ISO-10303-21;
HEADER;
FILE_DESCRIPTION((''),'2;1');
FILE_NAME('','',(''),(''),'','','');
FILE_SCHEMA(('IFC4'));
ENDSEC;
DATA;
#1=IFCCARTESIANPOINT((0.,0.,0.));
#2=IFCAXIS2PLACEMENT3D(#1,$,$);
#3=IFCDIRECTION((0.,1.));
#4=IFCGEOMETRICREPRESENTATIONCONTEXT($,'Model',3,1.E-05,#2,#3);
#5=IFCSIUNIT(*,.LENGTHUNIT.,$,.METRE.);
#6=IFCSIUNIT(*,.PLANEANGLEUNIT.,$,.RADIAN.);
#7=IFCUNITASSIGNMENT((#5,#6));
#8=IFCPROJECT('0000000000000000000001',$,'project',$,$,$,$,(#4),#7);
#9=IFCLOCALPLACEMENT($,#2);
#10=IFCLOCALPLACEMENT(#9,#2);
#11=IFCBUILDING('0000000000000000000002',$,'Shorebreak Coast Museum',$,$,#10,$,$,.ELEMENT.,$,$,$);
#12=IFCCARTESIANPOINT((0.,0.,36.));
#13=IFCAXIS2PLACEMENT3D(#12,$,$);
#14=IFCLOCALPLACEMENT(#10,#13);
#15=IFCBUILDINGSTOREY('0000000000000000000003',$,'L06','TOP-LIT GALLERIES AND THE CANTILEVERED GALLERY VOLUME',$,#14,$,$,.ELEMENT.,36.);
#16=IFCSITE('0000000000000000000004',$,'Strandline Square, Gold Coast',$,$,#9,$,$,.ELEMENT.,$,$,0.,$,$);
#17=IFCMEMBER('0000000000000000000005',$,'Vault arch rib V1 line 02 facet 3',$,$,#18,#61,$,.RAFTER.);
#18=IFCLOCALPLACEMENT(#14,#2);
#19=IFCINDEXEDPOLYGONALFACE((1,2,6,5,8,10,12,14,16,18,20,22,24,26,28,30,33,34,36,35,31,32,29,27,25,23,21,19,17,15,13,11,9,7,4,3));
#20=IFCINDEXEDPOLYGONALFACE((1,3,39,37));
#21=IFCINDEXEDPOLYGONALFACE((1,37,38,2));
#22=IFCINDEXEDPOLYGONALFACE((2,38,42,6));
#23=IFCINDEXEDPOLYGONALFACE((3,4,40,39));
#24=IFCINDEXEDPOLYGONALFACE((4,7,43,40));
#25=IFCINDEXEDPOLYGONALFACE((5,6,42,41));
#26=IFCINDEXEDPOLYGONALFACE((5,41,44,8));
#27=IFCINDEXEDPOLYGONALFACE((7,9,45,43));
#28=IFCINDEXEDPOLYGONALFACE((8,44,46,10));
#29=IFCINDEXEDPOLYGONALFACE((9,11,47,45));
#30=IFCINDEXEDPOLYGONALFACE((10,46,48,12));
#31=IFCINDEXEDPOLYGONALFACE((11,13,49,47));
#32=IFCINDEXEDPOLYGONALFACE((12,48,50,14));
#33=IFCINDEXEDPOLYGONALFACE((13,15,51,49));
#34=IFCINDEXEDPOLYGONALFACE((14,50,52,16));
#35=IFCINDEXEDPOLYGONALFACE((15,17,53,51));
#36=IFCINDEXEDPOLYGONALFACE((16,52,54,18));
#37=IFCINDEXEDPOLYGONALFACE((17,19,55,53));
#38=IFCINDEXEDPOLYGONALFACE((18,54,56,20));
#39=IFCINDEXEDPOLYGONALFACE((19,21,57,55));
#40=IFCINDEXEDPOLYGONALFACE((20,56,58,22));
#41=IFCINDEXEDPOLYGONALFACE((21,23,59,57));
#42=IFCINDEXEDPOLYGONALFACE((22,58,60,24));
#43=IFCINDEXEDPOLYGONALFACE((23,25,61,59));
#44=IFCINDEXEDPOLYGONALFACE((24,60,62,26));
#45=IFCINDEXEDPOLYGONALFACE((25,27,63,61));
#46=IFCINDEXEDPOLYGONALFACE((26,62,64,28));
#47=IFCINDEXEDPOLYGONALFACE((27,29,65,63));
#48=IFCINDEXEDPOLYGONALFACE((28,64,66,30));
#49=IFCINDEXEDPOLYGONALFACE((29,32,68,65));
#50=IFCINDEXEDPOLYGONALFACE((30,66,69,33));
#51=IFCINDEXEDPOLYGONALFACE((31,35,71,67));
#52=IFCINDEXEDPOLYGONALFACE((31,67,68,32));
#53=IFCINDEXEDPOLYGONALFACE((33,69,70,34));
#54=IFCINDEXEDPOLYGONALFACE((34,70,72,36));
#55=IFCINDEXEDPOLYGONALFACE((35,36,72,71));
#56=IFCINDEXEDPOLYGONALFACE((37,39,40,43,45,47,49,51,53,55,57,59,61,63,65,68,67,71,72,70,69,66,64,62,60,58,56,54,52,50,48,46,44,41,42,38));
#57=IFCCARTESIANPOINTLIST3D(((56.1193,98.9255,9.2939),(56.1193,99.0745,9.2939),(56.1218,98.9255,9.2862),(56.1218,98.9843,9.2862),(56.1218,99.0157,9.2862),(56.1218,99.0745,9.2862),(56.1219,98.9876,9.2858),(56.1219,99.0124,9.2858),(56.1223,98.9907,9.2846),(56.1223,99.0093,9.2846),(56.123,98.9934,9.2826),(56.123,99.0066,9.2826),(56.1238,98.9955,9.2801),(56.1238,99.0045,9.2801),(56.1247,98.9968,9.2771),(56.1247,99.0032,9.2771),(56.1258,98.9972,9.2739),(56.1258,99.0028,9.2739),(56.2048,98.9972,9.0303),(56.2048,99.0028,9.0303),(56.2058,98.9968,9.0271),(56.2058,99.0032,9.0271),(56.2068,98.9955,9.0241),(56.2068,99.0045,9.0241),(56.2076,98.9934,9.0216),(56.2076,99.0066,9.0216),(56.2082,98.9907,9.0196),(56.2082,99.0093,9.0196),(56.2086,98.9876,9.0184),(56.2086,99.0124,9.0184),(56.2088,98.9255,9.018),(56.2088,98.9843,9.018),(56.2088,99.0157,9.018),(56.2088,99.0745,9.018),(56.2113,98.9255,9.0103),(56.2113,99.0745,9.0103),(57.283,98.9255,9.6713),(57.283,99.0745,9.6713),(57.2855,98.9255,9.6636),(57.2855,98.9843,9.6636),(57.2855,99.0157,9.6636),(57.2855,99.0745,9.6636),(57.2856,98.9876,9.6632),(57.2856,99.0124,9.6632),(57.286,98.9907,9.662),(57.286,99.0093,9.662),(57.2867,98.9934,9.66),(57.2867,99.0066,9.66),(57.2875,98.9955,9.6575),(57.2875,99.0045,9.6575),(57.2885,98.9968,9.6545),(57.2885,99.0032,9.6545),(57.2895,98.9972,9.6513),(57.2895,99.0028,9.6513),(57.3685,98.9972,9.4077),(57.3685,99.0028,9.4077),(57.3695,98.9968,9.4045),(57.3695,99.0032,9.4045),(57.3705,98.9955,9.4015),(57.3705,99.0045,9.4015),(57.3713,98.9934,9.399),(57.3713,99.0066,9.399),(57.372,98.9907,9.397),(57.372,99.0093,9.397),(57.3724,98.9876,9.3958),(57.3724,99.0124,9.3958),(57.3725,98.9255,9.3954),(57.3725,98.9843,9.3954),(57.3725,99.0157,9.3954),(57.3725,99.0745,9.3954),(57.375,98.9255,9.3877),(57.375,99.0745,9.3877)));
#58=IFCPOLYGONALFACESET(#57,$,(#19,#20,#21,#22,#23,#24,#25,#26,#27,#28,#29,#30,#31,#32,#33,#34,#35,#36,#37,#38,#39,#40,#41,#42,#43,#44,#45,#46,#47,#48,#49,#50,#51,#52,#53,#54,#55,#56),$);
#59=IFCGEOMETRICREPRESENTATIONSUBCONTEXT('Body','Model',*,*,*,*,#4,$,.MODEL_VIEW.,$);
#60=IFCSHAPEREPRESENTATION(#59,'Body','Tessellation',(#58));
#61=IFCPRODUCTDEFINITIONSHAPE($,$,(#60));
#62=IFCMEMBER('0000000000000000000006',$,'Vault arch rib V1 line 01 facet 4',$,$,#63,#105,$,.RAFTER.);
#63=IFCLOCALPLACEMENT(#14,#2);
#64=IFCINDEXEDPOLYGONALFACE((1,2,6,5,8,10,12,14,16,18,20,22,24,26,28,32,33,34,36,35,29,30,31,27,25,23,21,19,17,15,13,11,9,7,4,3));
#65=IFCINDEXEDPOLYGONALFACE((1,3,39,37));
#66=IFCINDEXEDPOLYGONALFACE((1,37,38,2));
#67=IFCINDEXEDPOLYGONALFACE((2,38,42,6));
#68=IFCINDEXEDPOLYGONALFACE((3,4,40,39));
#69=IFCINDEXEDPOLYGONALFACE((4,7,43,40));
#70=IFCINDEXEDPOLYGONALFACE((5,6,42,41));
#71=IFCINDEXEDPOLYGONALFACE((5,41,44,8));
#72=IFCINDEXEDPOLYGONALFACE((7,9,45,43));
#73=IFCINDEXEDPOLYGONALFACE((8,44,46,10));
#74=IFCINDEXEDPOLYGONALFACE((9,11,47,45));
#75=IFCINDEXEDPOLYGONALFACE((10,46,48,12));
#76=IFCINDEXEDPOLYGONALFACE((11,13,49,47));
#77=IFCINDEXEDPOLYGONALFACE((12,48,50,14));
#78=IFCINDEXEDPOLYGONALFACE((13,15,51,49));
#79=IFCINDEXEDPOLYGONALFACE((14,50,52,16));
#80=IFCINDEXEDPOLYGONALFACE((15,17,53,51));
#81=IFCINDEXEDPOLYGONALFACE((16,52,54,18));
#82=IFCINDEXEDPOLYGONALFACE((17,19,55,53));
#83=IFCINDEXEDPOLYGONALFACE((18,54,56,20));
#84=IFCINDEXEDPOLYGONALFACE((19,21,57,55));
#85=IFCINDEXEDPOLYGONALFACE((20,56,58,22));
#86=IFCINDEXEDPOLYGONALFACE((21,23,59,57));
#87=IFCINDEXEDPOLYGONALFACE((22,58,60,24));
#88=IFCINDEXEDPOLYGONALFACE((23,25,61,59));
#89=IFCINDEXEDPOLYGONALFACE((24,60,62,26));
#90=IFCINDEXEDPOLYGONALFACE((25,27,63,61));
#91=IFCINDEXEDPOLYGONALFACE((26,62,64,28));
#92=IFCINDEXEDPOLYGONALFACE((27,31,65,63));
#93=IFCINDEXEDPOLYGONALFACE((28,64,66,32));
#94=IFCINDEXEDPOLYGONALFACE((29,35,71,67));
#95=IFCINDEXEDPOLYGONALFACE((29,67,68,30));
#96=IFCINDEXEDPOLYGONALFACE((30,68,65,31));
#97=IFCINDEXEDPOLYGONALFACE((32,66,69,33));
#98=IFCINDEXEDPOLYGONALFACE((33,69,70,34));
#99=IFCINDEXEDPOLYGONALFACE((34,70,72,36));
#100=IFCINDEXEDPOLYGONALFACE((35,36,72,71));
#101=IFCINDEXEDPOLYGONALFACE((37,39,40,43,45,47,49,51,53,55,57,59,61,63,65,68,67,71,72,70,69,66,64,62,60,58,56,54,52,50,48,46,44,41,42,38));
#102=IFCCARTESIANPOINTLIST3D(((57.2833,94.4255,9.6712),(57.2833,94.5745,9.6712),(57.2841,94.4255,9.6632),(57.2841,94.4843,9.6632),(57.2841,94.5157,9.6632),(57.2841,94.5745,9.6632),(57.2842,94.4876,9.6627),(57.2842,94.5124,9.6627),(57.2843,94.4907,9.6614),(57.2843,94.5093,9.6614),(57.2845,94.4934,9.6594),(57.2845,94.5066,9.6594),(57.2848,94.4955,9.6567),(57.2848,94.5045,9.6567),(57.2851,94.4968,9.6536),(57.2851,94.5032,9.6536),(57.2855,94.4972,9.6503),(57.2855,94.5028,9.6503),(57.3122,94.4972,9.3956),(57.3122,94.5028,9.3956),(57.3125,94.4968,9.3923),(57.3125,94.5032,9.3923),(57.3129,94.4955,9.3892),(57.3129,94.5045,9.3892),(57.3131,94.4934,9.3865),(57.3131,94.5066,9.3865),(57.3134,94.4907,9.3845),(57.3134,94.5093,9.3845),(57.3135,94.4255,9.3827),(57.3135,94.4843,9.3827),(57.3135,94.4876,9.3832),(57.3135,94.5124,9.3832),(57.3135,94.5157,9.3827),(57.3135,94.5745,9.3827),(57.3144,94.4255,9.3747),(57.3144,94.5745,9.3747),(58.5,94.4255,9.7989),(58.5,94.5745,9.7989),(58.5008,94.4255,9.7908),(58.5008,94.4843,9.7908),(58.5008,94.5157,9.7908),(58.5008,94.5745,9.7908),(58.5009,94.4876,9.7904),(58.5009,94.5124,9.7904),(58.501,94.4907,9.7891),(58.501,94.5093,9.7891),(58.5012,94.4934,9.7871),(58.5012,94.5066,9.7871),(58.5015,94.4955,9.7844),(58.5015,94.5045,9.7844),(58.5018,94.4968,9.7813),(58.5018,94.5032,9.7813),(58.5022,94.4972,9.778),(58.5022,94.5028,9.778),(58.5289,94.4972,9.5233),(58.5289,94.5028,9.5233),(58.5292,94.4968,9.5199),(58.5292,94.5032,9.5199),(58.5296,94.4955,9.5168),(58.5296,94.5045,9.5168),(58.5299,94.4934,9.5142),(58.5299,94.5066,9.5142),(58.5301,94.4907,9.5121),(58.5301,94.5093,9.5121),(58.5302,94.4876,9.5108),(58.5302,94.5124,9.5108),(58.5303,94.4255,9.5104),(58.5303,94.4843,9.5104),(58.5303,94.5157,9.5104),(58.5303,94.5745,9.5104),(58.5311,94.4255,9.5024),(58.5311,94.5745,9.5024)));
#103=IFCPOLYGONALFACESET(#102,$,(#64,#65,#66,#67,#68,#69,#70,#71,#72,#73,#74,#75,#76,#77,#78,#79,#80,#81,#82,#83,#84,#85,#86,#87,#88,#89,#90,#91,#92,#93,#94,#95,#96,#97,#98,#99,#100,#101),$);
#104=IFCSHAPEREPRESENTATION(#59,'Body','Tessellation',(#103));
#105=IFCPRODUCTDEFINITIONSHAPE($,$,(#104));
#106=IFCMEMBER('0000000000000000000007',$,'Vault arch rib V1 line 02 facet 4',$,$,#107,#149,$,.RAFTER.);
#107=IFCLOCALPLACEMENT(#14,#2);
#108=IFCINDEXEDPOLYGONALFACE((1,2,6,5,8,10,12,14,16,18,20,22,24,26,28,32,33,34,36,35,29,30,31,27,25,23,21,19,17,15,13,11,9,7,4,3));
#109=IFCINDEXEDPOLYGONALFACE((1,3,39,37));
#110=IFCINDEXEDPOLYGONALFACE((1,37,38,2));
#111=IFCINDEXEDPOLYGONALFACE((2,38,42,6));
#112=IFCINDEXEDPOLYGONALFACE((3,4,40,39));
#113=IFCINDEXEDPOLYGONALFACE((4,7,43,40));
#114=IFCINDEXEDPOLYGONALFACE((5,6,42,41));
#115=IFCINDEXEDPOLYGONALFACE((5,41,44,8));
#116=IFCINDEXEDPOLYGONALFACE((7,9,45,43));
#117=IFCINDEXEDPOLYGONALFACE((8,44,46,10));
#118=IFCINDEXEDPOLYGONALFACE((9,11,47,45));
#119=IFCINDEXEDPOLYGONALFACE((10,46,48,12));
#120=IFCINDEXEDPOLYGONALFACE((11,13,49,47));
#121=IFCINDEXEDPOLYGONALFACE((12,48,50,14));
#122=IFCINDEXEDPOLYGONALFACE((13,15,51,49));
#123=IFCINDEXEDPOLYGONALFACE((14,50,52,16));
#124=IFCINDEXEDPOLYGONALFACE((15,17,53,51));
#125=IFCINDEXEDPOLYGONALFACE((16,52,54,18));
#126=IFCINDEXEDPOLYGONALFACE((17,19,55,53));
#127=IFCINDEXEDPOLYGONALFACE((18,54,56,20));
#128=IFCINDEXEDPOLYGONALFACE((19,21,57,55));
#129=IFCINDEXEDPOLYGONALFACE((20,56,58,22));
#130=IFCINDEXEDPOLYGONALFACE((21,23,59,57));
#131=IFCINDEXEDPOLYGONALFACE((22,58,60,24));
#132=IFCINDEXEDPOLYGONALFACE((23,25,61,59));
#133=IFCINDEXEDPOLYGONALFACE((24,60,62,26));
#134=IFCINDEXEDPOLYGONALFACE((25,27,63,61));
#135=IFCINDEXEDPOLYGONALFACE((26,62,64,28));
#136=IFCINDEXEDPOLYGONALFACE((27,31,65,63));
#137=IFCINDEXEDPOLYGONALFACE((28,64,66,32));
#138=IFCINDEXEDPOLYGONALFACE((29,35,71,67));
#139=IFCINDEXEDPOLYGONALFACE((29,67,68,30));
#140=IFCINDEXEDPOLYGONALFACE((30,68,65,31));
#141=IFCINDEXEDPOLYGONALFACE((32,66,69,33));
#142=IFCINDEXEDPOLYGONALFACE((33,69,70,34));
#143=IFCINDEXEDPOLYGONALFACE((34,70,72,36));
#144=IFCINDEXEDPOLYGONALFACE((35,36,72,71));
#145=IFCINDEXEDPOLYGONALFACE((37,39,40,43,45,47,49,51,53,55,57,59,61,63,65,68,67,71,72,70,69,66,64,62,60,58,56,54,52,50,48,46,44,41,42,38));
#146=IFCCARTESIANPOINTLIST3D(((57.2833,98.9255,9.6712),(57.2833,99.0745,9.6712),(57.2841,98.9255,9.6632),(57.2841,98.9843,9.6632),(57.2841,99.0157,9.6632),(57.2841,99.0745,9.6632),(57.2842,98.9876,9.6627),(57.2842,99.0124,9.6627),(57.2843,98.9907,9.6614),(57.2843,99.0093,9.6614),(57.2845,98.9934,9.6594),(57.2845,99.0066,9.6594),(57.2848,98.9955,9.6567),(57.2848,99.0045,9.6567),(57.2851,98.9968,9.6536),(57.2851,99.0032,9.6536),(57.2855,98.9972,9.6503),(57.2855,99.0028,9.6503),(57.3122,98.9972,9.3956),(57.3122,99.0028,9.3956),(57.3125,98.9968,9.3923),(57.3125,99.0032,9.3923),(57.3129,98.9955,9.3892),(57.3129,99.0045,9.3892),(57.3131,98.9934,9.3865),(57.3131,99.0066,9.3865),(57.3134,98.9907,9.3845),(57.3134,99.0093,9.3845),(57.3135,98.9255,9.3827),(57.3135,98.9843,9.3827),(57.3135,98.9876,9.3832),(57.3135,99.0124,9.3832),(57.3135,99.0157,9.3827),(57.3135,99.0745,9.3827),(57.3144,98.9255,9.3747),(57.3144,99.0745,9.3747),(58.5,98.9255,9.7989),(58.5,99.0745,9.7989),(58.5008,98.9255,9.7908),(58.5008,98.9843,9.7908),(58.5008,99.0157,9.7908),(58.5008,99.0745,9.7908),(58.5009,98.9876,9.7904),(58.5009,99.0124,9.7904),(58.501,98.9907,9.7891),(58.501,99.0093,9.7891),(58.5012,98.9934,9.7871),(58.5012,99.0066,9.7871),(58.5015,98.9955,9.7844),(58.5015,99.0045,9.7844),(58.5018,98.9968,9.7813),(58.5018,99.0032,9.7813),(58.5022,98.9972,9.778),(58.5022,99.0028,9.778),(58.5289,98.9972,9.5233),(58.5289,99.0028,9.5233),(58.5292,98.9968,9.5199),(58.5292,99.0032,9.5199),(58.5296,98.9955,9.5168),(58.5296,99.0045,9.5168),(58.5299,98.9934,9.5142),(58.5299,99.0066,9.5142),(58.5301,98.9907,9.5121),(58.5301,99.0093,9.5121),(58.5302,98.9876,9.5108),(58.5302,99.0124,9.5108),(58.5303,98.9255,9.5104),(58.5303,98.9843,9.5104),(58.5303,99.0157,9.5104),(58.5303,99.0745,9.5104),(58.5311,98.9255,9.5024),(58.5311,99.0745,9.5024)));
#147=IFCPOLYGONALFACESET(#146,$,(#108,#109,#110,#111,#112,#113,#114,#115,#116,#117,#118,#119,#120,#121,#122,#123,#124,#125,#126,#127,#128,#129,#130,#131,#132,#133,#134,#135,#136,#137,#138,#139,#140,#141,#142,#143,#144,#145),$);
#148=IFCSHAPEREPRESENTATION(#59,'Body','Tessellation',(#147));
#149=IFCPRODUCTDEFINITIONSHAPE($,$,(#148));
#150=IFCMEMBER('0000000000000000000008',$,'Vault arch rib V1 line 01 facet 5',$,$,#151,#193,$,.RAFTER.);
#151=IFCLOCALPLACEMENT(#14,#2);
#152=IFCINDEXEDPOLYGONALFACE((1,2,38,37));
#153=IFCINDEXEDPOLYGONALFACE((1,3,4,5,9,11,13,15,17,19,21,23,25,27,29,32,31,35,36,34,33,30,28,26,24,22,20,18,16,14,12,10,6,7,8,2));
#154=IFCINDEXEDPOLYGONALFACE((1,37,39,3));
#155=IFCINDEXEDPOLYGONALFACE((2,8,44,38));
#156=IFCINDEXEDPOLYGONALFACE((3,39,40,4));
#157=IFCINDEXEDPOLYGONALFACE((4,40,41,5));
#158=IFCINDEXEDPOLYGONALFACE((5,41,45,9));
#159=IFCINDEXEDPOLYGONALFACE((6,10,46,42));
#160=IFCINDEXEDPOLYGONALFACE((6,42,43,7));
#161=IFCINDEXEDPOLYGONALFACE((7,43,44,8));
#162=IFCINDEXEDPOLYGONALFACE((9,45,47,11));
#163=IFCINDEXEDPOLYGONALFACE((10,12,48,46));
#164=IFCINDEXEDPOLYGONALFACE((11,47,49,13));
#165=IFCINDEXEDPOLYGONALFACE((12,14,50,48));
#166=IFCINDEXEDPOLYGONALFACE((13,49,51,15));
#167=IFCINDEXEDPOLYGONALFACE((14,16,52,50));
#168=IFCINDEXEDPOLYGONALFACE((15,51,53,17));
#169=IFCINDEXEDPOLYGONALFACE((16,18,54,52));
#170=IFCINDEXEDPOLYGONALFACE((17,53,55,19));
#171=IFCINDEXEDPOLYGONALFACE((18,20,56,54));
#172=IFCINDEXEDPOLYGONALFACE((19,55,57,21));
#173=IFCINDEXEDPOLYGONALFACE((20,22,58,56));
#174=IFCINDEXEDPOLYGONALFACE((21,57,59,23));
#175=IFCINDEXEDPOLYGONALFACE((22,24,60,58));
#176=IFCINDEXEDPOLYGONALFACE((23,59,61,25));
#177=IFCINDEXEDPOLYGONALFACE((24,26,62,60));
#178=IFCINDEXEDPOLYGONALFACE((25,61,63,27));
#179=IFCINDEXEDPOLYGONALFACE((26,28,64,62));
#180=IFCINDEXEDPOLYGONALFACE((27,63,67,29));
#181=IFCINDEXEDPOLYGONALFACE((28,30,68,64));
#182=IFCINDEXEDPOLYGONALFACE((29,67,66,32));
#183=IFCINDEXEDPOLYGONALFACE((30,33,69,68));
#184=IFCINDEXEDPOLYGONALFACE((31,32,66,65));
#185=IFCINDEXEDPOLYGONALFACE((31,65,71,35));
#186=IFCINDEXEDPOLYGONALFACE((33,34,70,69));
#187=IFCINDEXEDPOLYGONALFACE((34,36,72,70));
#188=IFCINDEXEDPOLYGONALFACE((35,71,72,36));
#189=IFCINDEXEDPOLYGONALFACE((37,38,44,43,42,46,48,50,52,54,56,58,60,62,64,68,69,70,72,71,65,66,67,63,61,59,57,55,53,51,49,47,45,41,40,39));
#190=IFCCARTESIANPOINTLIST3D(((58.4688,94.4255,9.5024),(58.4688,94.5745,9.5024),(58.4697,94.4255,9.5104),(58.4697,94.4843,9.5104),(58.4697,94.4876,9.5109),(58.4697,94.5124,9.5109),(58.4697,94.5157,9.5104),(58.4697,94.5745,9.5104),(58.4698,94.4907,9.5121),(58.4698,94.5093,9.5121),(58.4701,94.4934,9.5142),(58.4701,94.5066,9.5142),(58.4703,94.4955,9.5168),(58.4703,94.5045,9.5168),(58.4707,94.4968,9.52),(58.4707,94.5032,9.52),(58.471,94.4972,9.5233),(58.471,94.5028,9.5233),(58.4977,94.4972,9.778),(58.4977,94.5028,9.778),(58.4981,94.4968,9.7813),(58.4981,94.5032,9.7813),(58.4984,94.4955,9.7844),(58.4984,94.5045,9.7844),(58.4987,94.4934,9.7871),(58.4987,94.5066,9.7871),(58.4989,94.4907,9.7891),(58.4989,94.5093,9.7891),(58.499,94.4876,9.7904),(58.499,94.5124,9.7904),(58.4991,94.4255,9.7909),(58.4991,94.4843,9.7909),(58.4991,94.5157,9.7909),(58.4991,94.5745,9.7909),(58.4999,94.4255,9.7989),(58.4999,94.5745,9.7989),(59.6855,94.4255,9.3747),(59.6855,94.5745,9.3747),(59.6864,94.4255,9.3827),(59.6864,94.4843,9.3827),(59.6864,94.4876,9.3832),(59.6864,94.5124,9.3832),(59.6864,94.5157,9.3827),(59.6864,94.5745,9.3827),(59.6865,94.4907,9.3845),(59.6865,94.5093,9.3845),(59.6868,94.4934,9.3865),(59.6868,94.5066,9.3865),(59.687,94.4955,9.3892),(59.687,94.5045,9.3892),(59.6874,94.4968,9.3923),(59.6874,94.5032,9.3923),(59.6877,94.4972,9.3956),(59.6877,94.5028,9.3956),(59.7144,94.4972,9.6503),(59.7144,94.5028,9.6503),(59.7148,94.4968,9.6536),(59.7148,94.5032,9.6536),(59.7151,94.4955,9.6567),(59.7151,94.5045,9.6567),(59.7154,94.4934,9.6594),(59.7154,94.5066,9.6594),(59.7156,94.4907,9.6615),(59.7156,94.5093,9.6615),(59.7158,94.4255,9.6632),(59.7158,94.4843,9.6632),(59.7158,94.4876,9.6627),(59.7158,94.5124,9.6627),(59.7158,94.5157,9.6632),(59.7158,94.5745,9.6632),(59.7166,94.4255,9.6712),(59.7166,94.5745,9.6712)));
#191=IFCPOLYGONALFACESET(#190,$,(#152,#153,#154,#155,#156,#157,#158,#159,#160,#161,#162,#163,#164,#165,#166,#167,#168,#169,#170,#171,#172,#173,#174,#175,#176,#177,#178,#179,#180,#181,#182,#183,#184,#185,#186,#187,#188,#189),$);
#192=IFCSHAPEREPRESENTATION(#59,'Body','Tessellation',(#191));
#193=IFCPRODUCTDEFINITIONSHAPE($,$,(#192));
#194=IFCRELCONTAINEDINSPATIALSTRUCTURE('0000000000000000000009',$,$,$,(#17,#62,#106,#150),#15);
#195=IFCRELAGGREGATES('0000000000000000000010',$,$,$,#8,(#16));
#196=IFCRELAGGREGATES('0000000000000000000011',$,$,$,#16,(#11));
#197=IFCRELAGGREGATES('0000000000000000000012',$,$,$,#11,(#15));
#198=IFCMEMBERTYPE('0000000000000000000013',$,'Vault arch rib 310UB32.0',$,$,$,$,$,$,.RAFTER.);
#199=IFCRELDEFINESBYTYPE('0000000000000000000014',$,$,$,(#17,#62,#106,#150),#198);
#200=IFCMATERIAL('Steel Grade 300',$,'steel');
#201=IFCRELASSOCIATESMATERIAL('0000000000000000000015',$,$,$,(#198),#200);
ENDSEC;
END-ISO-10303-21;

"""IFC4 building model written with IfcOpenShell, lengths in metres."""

from ifc_helpers import new_model, si_unit, direction, frame, origin, origin_2d, place, context, subcontext, project, spatial, i_section, extrude, material, material_profile, profile_set, type_object, element, save


model = new_model("IFC4")

# Units and contexts
model_context = context("Model", 3, precision=1e-05, world=origin(), true_north=direction((0.0, 1.0)))
body_context = subcontext(model_context, "Body", "Model", "MODEL_VIEW")
ifc_project = project(units=[si_unit("LENGTHUNIT", "METRE"), si_unit("PLANEANGLEUNIT", "RADIAN")], contexts=[model_context])

# Site, building, storey
site_placement = place(None, origin())
site = spatial("IfcSite", under=ifc_project, at=site_placement, Name="Strandline Square, Gold Coast", CompositionType="ELEMENT", RefElevation=0.0)
building_placement = place(site_placement, origin())
building = spatial("IfcBuilding", under=site, at=building_placement, Name="Shorebreak Coast Museum", CompositionType="ELEMENT")
storey_placement = place(building_placement, frame((0.0, 0.0, 36.0)))
storey = spatial("IfcBuildingStorey", under=building, at=storey_placement, Name="L06", Description="TOP-LIT GALLERIES AND THE CANTILEVERED GALLERY VOLUME", CompositionType="ELEMENT", Elevation=36.0)

# Members
ifc_material_1 = material(Name="Steel Grade 300", Category="steel")
ifc_material_profile_1 = material_profile(ifc_material_1, i_section(OverallWidth=0.1489, OverallDepth=0.2981, WebThickness=0.0056, FlangeThickness=0.0081, FilletRadius=0.0129, at=origin_2d()), Name="310UB32.0")
ifc_profile_set_1 = profile_set([ifc_material_profile_1], Name="Steel Grade 300")
member_type_1 = type_object("IfcMemberType", Name="Vault arch rib 310UB32.0", PredefinedType="RAFTER", material=ifc_profile_set_1)
for number, where, z_axis, x_axis, name in (
    (1, (56.1653, 99.0, 9.1521), (0.951226, 0.0, 0.308495), (0.0, 1.0, 0.0), "Vault arch rib V1 line 02 facet 3"),
    (2, (57.2988, 94.5, 9.5229), (0.994539, 0.0, 0.104363), (0.0, 1.0, 0.0), "Vault arch rib V1 line 01 facet 4"),
    (3, (57.2988, 99.0, 9.5229), (0.994539, 0.0, 0.104363), (0.0, 1.0, 0.0), "Vault arch rib V1 line 02 facet 4"),
    (4, (58.4844, 94.5, 9.6506), (0.994539, 0.0, -0.104363), (0.0, 1.0, 0.0), "Vault arch rib V1 line 01 facet 5"),
):
    element("IfcMember", number, at=place(storey_placement, frame(where, z_axis=z_axis, x_axis=x_axis)), inside=storey, type_object=member_type_1, Name=name, PredefinedType="RAFTER", context=body_context, shape_type="SweptSolid", body=[
        extrude(i_section(OverallWidth=0.1489, OverallDepth=0.2981, WebThickness=0.0056, FlangeThickness=0.0081, FilletRadius=0.0129, at=origin_2d()), origin(), (0.0, 0.0, 1.0), 1.2234),
    ])

save(model, "model.ifc")
